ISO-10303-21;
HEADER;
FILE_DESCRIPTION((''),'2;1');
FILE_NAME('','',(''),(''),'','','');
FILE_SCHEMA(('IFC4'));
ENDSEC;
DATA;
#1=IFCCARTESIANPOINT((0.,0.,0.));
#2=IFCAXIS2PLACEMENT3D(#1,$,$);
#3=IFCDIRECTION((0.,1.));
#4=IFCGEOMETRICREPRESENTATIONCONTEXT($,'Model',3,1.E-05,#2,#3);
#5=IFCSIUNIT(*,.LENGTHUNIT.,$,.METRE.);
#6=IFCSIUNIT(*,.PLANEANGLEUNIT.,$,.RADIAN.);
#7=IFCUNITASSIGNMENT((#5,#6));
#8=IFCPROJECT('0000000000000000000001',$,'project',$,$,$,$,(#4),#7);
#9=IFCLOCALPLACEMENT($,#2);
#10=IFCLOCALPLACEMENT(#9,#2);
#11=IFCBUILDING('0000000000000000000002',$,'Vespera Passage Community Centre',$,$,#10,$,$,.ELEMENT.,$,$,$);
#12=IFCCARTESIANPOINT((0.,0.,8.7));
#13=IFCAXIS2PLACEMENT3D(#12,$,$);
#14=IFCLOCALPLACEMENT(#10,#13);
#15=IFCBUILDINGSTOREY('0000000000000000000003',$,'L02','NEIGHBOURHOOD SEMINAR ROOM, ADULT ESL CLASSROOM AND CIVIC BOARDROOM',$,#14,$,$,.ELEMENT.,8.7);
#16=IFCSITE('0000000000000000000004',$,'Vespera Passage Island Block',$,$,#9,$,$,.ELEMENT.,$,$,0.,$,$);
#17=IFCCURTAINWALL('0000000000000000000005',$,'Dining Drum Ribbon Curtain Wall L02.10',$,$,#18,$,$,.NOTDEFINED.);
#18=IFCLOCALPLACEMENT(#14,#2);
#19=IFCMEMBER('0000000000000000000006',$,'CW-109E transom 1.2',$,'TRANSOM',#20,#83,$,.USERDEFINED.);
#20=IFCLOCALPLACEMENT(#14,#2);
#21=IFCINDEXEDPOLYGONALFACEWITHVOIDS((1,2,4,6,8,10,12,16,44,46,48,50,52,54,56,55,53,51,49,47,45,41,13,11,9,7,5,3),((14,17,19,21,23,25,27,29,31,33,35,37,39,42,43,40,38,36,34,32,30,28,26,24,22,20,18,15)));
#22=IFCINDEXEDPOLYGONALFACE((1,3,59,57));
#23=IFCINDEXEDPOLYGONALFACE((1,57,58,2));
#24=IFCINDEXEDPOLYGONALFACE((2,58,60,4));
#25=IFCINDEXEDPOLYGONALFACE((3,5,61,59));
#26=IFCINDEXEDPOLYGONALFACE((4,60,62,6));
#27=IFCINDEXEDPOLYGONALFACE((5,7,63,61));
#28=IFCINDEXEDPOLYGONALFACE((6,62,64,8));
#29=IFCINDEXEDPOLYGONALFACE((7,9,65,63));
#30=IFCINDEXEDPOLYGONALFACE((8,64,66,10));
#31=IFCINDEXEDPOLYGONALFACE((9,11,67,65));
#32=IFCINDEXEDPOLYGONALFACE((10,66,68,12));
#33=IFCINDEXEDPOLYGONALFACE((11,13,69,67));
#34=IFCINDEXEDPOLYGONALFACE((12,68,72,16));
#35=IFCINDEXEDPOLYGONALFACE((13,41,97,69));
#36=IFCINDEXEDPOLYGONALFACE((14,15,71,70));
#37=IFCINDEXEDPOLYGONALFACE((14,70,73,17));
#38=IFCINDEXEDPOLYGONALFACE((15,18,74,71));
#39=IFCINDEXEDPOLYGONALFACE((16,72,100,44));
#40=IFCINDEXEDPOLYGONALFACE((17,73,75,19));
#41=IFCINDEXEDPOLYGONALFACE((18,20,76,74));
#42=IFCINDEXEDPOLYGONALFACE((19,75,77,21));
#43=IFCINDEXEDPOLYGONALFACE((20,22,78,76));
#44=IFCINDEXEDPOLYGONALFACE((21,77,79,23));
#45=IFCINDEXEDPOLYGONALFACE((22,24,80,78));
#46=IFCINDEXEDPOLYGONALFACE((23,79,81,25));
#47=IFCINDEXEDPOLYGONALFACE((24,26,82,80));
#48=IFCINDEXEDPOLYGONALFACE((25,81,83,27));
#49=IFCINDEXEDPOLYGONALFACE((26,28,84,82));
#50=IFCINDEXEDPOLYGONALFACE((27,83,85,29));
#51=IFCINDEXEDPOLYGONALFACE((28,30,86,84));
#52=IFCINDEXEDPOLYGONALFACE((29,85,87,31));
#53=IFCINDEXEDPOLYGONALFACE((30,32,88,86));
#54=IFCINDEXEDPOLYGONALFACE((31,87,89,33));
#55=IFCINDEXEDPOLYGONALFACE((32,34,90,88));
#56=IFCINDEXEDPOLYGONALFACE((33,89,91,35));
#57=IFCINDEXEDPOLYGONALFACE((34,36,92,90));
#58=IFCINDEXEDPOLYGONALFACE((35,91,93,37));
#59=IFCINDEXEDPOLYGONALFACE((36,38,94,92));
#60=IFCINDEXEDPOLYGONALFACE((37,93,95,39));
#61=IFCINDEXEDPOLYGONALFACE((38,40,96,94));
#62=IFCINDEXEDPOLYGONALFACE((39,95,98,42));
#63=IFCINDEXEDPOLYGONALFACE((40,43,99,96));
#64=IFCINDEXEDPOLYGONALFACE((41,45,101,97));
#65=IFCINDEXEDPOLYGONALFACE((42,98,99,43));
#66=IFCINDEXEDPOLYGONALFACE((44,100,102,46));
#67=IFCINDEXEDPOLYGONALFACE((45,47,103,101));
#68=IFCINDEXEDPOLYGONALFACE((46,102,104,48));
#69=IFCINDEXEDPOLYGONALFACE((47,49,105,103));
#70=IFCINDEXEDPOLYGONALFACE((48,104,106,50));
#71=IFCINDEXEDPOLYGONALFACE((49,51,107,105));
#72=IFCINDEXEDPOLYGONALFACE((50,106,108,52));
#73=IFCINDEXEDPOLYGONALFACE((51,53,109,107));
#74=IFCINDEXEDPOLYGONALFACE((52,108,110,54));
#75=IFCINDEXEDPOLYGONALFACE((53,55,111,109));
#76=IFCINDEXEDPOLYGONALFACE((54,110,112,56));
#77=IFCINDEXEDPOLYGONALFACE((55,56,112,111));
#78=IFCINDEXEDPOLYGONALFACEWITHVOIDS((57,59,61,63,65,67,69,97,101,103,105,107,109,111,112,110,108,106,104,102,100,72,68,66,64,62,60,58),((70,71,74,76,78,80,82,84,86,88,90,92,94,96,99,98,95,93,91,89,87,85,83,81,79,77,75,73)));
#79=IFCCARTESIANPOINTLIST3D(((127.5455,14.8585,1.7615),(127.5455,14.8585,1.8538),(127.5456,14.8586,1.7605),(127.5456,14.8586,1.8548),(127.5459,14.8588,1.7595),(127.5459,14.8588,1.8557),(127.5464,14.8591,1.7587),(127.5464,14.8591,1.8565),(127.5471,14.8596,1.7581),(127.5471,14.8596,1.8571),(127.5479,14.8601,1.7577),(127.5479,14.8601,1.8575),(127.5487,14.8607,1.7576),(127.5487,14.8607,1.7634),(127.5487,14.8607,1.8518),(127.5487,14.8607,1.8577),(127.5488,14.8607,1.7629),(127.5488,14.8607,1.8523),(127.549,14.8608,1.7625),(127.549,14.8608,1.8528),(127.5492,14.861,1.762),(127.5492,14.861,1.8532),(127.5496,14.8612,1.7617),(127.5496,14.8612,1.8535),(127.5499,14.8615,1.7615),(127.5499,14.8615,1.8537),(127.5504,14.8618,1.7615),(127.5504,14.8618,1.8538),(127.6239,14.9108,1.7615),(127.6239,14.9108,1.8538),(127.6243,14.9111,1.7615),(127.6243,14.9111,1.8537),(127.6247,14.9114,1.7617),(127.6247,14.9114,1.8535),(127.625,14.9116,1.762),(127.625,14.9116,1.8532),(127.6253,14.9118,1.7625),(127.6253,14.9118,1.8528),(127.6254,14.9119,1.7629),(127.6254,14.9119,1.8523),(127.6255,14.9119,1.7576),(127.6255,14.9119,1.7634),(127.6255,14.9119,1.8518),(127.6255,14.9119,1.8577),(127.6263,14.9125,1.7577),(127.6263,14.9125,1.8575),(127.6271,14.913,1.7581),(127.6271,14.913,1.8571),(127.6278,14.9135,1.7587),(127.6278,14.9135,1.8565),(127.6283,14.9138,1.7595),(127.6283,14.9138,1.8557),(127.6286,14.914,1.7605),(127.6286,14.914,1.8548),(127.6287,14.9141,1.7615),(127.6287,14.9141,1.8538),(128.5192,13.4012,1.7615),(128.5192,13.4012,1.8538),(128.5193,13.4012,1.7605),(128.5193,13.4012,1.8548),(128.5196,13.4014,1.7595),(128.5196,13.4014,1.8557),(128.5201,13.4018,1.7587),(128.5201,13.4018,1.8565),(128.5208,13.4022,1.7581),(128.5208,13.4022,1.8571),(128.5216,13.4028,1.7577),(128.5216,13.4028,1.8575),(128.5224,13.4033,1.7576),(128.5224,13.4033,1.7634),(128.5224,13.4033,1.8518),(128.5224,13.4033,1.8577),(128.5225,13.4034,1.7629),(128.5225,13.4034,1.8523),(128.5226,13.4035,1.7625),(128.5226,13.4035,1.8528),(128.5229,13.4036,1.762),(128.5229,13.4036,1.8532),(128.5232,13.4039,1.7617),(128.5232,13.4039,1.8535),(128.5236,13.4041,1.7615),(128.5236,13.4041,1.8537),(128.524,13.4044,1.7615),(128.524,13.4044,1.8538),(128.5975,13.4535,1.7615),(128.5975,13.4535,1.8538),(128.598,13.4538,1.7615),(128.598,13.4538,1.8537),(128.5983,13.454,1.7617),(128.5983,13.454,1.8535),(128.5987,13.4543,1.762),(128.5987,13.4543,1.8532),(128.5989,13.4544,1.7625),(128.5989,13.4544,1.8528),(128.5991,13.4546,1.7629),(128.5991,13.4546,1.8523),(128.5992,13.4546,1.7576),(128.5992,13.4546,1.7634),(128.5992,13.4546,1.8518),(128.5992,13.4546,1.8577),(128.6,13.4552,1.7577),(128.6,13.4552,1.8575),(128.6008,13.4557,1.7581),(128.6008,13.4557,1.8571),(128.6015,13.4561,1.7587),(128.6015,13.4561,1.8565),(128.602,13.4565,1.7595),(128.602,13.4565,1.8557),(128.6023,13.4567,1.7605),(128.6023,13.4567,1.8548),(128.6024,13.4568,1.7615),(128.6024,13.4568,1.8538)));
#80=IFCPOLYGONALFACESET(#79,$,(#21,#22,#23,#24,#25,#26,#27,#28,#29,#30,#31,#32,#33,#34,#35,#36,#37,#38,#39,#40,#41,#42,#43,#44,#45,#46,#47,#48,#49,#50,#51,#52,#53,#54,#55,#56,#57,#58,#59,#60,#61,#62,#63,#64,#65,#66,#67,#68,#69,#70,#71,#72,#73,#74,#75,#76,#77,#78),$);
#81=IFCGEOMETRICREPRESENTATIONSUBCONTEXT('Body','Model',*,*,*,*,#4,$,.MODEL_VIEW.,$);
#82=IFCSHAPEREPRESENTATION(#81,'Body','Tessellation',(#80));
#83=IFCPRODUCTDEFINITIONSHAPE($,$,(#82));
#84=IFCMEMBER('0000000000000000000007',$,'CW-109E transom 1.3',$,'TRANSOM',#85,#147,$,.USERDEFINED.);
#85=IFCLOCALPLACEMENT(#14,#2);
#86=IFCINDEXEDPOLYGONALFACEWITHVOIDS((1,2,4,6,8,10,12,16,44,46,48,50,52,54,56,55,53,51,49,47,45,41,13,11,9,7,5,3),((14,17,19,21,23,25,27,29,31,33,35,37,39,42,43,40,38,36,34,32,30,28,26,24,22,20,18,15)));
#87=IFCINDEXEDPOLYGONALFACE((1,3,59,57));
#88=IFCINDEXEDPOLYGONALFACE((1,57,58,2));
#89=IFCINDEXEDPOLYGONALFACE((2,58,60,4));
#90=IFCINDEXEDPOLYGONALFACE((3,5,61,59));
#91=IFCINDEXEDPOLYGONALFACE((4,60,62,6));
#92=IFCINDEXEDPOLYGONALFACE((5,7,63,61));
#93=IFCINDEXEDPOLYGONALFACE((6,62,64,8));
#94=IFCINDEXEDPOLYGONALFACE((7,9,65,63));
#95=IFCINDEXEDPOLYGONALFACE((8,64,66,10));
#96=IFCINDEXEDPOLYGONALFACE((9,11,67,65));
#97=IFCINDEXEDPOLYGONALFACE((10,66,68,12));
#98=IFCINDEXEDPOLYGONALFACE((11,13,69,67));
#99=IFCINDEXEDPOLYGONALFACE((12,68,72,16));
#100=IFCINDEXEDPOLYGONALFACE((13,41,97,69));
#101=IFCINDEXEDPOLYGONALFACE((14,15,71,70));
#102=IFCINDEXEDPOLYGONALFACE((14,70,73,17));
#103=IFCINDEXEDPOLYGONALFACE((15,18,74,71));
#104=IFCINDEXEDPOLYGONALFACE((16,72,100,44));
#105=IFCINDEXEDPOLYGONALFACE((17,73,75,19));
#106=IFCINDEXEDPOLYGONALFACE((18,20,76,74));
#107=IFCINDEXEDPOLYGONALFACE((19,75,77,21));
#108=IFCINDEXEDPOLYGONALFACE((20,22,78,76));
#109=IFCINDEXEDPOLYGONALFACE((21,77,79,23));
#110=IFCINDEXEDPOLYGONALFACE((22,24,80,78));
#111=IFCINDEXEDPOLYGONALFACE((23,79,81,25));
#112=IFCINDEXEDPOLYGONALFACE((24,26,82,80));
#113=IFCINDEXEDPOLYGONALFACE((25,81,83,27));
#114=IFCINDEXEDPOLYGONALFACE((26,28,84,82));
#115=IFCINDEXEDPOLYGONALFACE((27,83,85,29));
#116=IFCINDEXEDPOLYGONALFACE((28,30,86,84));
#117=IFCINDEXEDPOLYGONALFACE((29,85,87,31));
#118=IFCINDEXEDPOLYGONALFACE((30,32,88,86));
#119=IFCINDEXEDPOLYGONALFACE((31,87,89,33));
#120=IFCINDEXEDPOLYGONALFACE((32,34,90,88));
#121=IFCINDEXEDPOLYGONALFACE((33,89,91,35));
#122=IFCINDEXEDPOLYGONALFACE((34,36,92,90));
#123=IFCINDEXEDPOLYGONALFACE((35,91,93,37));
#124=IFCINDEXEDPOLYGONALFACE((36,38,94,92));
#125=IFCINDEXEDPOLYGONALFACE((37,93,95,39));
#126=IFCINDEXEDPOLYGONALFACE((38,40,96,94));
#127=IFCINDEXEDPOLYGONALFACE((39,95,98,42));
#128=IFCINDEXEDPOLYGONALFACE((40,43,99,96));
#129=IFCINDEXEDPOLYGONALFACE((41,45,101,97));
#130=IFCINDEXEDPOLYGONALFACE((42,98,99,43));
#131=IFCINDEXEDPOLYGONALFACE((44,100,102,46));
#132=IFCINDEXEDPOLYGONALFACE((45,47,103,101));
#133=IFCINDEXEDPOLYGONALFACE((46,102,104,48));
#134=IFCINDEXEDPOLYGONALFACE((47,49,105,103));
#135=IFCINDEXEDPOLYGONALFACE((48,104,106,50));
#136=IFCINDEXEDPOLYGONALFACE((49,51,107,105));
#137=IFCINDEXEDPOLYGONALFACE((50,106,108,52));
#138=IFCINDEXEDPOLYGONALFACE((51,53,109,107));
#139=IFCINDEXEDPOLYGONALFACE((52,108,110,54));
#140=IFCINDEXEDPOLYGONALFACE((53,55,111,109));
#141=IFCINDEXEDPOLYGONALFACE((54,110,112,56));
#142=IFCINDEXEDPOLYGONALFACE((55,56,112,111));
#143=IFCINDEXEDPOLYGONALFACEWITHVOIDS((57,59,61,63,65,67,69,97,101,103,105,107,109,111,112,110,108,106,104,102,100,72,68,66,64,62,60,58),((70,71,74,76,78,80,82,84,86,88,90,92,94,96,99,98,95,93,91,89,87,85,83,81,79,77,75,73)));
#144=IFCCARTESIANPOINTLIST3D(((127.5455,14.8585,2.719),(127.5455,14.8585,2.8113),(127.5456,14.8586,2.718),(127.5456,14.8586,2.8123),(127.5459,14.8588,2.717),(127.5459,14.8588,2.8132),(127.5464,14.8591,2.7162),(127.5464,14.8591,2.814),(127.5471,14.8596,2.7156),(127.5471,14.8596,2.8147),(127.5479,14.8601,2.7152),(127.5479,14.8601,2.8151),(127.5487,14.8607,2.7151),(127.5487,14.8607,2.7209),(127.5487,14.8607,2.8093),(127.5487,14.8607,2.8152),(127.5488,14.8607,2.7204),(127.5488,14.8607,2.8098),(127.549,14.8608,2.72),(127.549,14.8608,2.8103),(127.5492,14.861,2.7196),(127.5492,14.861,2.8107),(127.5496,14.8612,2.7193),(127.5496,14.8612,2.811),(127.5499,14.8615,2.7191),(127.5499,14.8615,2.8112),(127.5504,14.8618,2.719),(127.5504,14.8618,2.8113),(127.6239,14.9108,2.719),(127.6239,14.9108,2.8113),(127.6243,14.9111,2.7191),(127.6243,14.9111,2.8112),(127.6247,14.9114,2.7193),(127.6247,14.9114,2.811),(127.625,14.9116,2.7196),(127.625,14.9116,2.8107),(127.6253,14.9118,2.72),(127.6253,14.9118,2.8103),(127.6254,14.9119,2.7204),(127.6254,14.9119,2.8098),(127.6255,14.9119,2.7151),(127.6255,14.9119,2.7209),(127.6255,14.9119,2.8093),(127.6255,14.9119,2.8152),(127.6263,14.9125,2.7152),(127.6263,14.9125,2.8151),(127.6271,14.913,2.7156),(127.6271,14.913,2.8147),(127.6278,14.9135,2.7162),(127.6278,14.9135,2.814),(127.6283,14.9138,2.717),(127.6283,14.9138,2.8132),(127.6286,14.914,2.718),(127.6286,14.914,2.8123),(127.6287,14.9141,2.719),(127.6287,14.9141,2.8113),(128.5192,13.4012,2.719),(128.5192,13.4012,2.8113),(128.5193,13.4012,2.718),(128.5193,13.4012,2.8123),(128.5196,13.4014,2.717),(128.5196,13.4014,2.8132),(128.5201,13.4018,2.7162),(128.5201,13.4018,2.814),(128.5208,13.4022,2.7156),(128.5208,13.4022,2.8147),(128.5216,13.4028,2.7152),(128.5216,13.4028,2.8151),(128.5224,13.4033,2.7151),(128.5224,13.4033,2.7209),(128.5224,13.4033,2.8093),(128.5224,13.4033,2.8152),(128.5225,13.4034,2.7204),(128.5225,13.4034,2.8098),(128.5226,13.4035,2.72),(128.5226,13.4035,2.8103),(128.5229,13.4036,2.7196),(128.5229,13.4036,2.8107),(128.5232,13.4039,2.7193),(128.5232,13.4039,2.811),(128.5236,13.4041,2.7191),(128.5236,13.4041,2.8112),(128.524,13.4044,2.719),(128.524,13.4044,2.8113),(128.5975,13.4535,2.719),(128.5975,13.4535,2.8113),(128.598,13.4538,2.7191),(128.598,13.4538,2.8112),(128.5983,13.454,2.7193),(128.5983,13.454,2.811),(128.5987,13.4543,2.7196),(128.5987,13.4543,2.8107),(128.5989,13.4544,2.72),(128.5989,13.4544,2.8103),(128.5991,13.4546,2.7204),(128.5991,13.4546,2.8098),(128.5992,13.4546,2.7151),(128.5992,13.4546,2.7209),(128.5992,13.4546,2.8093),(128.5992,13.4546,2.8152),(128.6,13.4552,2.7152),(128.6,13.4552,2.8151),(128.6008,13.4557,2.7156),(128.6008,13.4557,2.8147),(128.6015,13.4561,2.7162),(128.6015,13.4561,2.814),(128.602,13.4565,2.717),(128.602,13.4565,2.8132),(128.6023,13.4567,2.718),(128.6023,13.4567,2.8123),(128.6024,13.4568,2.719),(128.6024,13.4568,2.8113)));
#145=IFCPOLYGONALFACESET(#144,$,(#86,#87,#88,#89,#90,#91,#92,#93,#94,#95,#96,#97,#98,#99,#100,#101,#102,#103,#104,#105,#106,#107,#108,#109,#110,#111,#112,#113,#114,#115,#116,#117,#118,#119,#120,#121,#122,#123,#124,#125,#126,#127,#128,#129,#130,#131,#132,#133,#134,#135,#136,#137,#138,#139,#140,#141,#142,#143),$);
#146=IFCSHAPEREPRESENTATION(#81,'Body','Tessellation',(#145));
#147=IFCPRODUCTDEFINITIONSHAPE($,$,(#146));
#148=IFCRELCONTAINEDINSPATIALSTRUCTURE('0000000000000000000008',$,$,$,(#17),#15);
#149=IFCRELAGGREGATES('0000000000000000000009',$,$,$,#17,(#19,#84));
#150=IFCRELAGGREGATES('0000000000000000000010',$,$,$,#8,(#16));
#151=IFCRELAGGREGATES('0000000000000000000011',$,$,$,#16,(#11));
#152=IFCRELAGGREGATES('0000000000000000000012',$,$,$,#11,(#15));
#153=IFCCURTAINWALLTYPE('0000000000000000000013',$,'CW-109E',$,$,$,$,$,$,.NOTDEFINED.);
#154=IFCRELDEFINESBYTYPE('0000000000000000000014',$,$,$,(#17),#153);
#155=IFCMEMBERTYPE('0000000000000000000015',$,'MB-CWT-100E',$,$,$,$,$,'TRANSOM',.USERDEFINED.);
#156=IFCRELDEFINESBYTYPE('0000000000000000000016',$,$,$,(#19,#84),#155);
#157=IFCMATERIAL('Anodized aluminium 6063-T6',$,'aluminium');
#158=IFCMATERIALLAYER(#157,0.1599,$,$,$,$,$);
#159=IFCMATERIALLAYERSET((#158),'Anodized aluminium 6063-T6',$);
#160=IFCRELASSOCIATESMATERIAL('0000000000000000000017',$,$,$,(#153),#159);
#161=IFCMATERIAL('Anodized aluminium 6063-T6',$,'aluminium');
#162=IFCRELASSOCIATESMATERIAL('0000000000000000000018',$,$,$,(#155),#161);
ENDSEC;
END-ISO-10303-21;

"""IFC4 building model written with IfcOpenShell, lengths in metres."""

from ifc_helpers import new_model, si_unit, direction, frame, origin, origin_2d, place, context, subcontext, project, spatial, hollow_rectangle, extrude, material, layer, layer_set, material_profile, profile_set, type_object, element, aggregate, save


model = new_model("IFC4")

# Units and contexts
model_context = context("Model", 3, precision=1e-05, world=origin(), true_north=direction((0.0, 1.0)))
body_context = subcontext(model_context, "Body", "Model", "MODEL_VIEW")
ifc_project = project(units=[si_unit("LENGTHUNIT", "METRE"), si_unit("PLANEANGLEUNIT", "RADIAN")], contexts=[model_context])

# Site, building, storey
site_placement = place(None, origin())
site = spatial("IfcSite", under=ifc_project, at=site_placement, Name="Vespera Passage Island Block", CompositionType="ELEMENT", RefElevation=0.0)
building_placement = place(site_placement, origin())
building = spatial("IfcBuilding", under=site, at=building_placement, Name="Vespera Passage Community Centre", CompositionType="ELEMENT")
storey_placement = place(building_placement, frame((0.0, 0.0, 8.7)))
storey = spatial("IfcBuildingStorey", under=building, at=storey_placement, Name="L02", Description="NEIGHBOURHOOD SEMINAR ROOM, ADULT ESL CLASSROOM AND CIVIC BOARDROOM", CompositionType="ELEMENT", Elevation=8.7)

# Curtain wall
ifc_material_1 = material(Name="Anodized aluminium 6063-T6", Category="aluminium")
ifc_layer_1 = layer(ifc_material_1, 0.1599)
ifc_layer_set_1 = layer_set([ifc_layer_1], Name="Anodized aluminium 6063-T6")
curtain_wall_type_1 = type_object("IfcCurtainWallType", Name="CW-109E", PredefinedType="NOTDEFINED", material=ifc_layer_set_1)
curtain_wall_1_placement = place(storey_placement, origin())
curtain_wall_1 = element("IfcCurtainWall", 1, at=curtain_wall_1_placement, inside=storey, type_object=curtain_wall_type_1, Name="Dining Drum Ribbon Curtain Wall L02.10", PredefinedType="NOTDEFINED")

# Members
ifc_material_2 = material(Name="Anodized aluminium 6063-T6", Category="aluminium")
ifc_material_profile_1 = material_profile(ifc_material_2, hollow_rectangle(XDim=0.1001, YDim=0.1001, WallThickness=0.0039, InnerFilletRadius=0.002, OuterFilletRadius=0.0039, at=origin_2d()), Name="ALU100X100X4")
ifc_profile_set_1 = profile_set([ifc_material_profile_1], Name="Anodized aluminium 6063-T6")
member_type_1 = type_object("IfcMemberType", Name="MB-CWT-100E", ElementType="TRANSOM", PredefinedType="USERDEFINED", material=ifc_profile_set_1)
member_1_placement = place(storey_placement, frame((128.5608, 13.429, 1.8076), z_axis=(-0.555536, 0.831493, 0.0), x_axis=(-0.831493, -0.555536, 0.0)))
member_1 = element("IfcMember", 2, at=member_1_placement, type_object=member_type_1, Name="CW-109E transom 1.2", ObjectType="TRANSOM", PredefinedType="USERDEFINED", context=body_context, shape_type="SweptSolid", body=[
    extrude(hollow_rectangle(XDim=0.1001, YDim=0.1001, WallThickness=0.0039, InnerFilletRadius=0.002, OuterFilletRadius=0.0039, at=origin_2d()), origin(), (0.0, 0.0, 1.0), 1.7527),
])
member_2_placement = place(storey_placement, frame((128.5608, 13.429, 2.7651), z_axis=(-0.555536, 0.831493, 0.0), x_axis=(-0.831493, -0.555536, 0.0)))
member_2 = element("IfcMember", 3, at=member_2_placement, type_object=member_type_1, Name="CW-109E transom 1.3", ObjectType="TRANSOM", PredefinedType="USERDEFINED", context=body_context, shape_type="SweptSolid", body=[
    extrude(hollow_rectangle(XDim=0.1001, YDim=0.1001, WallThickness=0.0039, InnerFilletRadius=0.002, OuterFilletRadius=0.0039, at=origin_2d()), origin(), (0.0, 0.0, 1.0), 1.7527),
])

aggregate(curtain_wall_1, [member_1, member_2])

save(model, "model.ifc")
